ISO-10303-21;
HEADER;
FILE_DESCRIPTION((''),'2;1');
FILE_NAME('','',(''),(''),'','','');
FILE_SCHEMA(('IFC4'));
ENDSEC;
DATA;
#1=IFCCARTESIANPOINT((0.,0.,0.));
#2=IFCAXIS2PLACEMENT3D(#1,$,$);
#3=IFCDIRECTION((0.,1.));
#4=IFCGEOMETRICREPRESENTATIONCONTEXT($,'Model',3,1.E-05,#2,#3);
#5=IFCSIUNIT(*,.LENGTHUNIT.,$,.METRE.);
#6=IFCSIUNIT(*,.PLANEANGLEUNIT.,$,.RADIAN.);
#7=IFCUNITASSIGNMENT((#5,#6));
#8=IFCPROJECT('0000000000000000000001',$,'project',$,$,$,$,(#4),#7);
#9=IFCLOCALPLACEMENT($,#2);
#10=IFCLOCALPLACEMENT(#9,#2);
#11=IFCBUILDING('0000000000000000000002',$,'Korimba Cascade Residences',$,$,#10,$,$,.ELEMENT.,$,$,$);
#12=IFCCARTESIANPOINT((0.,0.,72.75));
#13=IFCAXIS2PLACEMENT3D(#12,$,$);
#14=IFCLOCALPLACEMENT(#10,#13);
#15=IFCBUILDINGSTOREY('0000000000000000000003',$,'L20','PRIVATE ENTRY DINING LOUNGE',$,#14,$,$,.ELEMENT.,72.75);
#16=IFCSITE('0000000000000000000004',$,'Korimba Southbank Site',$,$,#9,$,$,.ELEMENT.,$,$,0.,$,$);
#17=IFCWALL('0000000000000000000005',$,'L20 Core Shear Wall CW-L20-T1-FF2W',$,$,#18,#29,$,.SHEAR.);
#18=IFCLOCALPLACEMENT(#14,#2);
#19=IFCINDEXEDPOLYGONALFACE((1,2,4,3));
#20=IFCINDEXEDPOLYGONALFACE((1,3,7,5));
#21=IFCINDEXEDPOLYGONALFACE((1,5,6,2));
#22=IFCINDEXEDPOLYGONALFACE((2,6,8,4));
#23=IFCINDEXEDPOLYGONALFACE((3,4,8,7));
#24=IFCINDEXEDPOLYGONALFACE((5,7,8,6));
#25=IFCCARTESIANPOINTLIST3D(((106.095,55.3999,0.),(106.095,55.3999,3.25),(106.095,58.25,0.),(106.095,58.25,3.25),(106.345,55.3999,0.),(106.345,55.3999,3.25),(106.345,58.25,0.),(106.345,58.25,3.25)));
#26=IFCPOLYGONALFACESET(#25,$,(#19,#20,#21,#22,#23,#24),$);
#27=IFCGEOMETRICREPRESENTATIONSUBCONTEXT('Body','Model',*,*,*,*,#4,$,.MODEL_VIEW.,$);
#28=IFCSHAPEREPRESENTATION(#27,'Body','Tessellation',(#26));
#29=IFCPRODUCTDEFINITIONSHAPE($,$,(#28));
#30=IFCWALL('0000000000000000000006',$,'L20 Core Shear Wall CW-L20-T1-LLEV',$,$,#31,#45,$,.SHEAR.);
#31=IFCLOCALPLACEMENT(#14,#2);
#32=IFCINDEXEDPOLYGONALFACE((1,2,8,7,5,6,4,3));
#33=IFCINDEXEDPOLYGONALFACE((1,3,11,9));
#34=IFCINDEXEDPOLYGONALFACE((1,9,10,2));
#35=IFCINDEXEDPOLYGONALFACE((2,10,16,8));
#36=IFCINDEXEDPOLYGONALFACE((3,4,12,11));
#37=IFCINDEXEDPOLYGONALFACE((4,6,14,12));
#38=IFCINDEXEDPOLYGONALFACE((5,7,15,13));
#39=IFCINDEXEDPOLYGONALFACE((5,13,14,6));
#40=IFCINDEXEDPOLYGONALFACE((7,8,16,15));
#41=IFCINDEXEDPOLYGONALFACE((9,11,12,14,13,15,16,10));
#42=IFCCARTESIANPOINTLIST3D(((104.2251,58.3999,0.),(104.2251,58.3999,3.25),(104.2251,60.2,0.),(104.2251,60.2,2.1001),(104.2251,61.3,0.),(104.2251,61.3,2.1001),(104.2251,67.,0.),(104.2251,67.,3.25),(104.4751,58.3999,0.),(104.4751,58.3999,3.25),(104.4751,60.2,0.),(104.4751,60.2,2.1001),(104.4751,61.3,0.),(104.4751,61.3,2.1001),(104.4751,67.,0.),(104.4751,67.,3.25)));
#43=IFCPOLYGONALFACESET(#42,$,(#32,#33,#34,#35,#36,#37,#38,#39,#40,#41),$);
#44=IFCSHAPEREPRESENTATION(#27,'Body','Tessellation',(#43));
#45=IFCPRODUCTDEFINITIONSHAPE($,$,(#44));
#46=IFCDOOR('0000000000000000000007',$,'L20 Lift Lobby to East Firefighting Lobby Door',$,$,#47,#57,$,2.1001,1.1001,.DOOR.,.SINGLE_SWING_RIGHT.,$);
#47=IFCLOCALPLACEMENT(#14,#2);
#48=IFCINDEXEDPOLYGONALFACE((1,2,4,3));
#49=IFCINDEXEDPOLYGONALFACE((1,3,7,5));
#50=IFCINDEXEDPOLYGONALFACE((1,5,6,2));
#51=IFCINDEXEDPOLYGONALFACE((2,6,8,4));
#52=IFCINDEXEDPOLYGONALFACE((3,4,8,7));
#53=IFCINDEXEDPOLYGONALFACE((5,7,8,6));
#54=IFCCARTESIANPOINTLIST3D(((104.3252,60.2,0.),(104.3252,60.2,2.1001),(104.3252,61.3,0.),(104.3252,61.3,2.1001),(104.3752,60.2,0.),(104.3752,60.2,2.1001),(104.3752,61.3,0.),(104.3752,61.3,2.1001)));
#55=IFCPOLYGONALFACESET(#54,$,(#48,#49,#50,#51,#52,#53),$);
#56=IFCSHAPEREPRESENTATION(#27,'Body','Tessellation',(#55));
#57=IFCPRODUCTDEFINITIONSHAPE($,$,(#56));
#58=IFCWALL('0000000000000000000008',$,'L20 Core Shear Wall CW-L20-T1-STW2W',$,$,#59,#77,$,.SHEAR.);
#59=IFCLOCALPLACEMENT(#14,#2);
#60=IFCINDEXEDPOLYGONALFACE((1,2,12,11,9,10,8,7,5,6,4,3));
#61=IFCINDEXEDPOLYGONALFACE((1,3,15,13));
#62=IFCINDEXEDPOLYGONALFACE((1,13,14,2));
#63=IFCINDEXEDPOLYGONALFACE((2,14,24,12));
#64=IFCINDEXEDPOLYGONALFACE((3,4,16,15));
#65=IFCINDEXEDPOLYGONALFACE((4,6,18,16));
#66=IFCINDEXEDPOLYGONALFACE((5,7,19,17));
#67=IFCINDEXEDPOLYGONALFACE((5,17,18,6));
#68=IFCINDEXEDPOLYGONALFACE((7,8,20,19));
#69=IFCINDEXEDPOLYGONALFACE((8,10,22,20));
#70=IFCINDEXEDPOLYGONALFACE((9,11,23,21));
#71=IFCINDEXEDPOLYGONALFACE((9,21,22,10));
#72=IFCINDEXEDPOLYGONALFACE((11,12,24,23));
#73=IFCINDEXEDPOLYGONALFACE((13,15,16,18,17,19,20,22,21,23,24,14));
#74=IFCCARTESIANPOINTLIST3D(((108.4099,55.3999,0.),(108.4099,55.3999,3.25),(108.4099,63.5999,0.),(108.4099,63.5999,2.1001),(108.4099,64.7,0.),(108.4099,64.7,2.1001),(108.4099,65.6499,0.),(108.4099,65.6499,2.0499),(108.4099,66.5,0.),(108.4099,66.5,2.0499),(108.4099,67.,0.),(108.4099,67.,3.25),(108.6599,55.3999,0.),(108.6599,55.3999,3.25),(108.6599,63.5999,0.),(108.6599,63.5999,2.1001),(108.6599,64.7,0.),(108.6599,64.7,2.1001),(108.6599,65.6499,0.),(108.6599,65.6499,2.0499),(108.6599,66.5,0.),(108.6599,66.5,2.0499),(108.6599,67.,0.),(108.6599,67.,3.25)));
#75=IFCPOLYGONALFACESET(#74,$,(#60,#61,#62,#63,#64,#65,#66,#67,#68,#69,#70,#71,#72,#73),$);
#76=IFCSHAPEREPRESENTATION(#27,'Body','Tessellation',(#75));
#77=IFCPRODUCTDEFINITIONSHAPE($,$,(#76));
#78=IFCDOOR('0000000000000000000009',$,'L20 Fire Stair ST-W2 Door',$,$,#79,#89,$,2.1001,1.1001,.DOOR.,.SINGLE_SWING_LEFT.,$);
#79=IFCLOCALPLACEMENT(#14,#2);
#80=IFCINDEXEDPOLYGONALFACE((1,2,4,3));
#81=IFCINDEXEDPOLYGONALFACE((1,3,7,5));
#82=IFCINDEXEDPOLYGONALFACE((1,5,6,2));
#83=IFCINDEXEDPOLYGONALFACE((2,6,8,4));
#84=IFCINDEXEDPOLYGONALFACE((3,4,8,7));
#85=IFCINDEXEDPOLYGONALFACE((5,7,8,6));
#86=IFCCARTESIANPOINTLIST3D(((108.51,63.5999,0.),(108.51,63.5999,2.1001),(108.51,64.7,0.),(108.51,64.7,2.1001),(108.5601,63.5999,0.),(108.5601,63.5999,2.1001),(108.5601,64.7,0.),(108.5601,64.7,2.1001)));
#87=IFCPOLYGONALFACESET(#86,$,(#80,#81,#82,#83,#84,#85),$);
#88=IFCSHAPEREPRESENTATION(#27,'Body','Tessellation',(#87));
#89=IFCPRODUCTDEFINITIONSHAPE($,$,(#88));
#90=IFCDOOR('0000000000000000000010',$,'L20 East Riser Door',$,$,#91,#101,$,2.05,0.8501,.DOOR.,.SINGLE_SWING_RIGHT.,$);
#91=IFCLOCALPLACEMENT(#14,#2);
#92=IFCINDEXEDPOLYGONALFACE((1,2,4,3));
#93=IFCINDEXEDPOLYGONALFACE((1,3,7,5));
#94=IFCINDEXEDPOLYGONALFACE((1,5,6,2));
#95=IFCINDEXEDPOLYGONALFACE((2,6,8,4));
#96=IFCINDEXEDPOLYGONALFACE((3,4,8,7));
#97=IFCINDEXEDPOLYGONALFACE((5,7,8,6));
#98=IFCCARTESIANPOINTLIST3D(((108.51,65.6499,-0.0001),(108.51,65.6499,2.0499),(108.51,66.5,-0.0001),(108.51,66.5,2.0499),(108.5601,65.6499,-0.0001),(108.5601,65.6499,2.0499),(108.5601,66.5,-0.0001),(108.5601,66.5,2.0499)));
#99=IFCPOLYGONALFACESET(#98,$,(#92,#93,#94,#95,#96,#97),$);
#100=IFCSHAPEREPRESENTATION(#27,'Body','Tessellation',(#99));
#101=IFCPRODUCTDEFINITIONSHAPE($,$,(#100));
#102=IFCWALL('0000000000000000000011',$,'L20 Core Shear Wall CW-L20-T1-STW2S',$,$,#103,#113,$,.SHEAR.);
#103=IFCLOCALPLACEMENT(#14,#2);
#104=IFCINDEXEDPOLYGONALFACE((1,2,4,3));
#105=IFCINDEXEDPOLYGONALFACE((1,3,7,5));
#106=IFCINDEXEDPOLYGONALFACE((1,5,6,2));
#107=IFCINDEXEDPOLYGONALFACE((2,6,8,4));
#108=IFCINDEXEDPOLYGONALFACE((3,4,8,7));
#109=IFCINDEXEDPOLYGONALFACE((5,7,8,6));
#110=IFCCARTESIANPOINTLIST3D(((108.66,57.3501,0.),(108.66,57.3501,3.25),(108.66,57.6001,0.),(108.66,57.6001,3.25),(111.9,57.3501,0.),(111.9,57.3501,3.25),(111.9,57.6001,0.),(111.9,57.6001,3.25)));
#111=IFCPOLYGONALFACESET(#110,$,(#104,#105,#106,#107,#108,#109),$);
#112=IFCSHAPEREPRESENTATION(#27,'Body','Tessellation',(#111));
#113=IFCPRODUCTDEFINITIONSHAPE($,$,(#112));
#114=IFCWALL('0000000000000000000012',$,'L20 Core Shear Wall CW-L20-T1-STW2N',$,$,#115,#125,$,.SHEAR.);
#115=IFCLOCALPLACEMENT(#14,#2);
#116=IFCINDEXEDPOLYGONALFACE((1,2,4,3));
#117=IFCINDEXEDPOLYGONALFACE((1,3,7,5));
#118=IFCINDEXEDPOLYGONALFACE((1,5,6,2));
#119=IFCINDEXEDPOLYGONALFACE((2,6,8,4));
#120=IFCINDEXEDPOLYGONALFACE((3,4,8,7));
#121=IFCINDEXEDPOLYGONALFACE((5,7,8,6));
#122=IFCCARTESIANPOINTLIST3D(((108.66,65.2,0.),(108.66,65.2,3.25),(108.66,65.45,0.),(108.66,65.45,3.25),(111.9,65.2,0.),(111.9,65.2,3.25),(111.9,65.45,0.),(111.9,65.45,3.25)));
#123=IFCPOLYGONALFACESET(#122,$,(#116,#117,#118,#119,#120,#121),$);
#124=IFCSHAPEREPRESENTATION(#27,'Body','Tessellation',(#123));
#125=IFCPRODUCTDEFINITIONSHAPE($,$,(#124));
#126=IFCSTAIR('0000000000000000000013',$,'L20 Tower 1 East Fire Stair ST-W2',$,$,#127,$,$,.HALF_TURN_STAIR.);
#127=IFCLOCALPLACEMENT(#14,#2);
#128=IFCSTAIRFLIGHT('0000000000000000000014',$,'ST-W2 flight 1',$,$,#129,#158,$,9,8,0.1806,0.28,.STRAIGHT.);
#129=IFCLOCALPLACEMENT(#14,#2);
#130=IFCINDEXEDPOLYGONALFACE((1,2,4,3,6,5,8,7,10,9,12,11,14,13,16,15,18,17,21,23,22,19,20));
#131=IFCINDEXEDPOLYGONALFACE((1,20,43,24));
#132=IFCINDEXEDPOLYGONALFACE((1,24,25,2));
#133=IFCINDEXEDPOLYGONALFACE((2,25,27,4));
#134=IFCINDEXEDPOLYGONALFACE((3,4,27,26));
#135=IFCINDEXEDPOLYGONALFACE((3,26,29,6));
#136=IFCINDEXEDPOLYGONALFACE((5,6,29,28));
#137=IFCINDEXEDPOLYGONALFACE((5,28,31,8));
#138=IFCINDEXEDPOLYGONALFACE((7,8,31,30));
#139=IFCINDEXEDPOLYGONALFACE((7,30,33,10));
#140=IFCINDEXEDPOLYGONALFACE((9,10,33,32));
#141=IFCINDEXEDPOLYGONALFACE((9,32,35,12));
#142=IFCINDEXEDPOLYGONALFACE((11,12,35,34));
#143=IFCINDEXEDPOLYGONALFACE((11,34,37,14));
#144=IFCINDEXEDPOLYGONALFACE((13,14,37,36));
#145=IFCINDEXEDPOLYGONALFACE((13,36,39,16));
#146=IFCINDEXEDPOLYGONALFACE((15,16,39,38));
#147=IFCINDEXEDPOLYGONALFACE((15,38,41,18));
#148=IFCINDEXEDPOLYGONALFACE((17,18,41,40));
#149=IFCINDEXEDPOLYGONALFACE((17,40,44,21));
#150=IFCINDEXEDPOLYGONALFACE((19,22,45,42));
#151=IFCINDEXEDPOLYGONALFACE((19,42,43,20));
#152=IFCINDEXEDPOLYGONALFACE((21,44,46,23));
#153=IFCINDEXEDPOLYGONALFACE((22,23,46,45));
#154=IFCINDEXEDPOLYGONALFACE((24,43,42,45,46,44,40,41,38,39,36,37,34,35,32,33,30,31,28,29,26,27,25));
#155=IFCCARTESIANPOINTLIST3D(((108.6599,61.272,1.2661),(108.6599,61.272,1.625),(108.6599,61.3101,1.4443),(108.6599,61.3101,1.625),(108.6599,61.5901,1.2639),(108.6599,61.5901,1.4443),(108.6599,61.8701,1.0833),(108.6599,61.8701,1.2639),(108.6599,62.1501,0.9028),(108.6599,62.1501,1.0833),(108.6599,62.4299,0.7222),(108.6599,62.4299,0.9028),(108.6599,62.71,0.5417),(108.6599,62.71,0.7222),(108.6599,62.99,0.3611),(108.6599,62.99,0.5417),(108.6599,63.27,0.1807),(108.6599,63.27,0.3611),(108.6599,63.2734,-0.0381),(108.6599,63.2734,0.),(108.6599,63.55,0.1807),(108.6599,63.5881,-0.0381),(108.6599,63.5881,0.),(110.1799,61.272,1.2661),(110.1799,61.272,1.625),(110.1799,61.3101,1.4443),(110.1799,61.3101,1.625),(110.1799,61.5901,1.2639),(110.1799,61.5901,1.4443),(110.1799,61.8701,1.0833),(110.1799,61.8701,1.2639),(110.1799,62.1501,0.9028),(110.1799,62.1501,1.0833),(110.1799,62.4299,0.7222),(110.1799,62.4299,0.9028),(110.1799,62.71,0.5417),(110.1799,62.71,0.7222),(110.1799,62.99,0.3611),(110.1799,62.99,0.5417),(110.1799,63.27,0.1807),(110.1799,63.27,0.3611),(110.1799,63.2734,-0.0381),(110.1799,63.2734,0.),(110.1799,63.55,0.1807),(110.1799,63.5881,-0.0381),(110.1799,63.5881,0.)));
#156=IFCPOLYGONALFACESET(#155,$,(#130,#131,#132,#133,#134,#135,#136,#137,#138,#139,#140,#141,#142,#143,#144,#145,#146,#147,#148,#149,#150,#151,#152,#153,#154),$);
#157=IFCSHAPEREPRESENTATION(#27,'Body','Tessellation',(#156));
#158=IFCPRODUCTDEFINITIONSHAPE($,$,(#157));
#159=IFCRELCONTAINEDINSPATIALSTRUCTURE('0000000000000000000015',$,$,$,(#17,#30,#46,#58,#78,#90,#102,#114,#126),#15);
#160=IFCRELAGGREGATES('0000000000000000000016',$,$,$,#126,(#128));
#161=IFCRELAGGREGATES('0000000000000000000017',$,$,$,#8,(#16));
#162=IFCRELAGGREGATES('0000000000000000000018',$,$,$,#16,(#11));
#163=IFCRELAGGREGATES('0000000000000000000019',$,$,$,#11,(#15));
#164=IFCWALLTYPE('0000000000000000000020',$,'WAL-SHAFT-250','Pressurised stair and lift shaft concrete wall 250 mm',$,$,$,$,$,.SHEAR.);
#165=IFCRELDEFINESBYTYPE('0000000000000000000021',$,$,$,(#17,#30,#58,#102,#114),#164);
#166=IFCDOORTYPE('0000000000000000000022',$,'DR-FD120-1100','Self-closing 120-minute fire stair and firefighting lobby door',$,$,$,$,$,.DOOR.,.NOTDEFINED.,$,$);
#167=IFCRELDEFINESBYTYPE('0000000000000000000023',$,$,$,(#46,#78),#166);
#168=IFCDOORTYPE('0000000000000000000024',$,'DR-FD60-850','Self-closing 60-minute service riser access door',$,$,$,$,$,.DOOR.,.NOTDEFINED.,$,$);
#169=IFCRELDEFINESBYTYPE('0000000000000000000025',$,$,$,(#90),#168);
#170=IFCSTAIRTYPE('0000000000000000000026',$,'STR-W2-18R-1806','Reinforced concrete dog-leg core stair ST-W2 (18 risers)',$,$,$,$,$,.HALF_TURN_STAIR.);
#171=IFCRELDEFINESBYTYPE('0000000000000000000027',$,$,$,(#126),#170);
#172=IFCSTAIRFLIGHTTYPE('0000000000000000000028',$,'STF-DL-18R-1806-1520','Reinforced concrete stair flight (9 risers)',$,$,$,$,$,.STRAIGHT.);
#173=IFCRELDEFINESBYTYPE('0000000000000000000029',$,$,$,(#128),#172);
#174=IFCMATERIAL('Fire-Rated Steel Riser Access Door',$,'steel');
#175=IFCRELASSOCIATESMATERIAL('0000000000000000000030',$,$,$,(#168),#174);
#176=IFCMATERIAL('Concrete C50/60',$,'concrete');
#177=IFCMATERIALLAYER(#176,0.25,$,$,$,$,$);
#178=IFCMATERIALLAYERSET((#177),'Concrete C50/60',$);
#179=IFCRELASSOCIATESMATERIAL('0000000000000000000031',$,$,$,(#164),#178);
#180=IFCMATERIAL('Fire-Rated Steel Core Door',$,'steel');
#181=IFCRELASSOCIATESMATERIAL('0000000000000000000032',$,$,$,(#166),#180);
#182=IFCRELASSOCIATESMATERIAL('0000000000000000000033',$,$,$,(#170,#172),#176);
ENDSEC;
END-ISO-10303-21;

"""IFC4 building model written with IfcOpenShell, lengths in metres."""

from ifc_helpers import new_model, si_unit, direction, frame, frame_2d, origin, place, context, subcontext, project, spatial, polyline, rectangle, outline, extrude, material, layer, layer_set, type_object, element, fill, aggregate, save


model = new_model("IFC4")

# Units and contexts
model_context = context("Model", 3, precision=1e-05, world=origin(), true_north=direction((0.0, 1.0)))
body_context = subcontext(model_context, "Body", "Model", "MODEL_VIEW")
ifc_project = project(units=[si_unit("LENGTHUNIT", "METRE"), si_unit("PLANEANGLEUNIT", "RADIAN")], contexts=[model_context])

# Site, building, storey
site_placement = place(None, origin())
site = spatial("IfcSite", under=ifc_project, at=site_placement, Name="Korimba Southbank Site", CompositionType="ELEMENT", RefElevation=0.0)
building_placement = place(site_placement, origin())
building = spatial("IfcBuilding", under=site, at=building_placement, Name="Korimba Cascade Residences", CompositionType="ELEMENT")
storey_placement = place(building_placement, frame((0.0, 0.0, 72.75)))
storey = spatial("IfcBuildingStorey", under=building, at=storey_placement, Name="L20", Description="PRIVATE ENTRY DINING LOUNGE", CompositionType="ELEMENT", Elevation=72.75)

# Shared definitions
ifc_material_1 = material(Name="Concrete C50/60", Category="concrete")

# Shared definitions
ifc_material_2 = material(Name="Fire-Rated Steel Riser Access Door", Category="steel")
door_type_1 = type_object("IfcDoorType", Name="DR-FD60-850", Description="Self-closing 60-minute service riser access door", OperationType="NOTDEFINED", PredefinedType="DOOR", material=ifc_material_2)

# Wall
ifc_layer_1 = layer(ifc_material_1, 0.25)
ifc_layer_set_1 = layer_set([ifc_layer_1], Name="Concrete C50/60")
wall_type_1 = type_object("IfcWallType", Name="WAL-SHAFT-250", Description="Pressurised stair and lift shaft concrete wall 250 mm", PredefinedType="SHEAR", material=ifc_layer_set_1)
wall_1_placement = place(storey_placement, frame((106.22, 55.3999, 0.0), z_axis=(0.0, 0.0, 1.0), x_axis=(0.0, 1.0, 0.0)))
element("IfcWall", 1, at=wall_1_placement, inside=storey, type_object=wall_type_1, Name="L20 Core Shear Wall CW-L20-T1-FF2W", PredefinedType="SHEAR", context=body_context, shape_type="SweptSolid", body=[
    extrude(rectangle(XDim=2.8501, YDim=0.25, at=frame_2d((1.425, 0.0))), origin(), (0.0, 0.0, 1.0), 3.25),
])

# Wall, opening, door
wall_2_placement = place(storey_placement, frame((104.3501, 58.3999, 0.0), z_axis=(0.0, 0.0, 1.0), x_axis=(0.0, 1.0, 0.0)))
wall_2 = element("IfcWall", 2, at=wall_2_placement, inside=storey, type_object=wall_type_1, Name="L20 Core Shear Wall CW-L20-T1-LLEV", PredefinedType="SHEAR", context=body_context, shape_type="SweptSolid", body=[
    extrude(rectangle(XDim=8.6001, YDim=0.25, at=frame_2d((4.3, 0.0))), origin(), (0.0, 0.0, 1.0), 3.25),
])
opening_1_placement = place(wall_2_placement, frame((1.8, 0.0, 0.0)))
opening_1 = element("IfcOpeningElement", 3, at=opening_1_placement, cuts=wall_2, PredefinedType="OPENING", context=body_context, shape_type="SweptSolid", body=[
    extrude(rectangle(XDim=1.1001, YDim=2.1001, at=frame_2d((0.55, 1.05))), frame((0.0, 0.135, 0.0), z_axis=(0.0, -1.0, 0.0), x_axis=(1.0, 0.0, 0.0)), (0.0, 0.0, 1.0), 0.27),
])
ifc_material_3 = material(Name="Fire-Rated Steel Core Door", Category="steel")
door_type_2 = type_object("IfcDoorType", Name="DR-FD120-1100", Description="Self-closing 120-minute fire stair and firefighting lobby door", OperationType="NOTDEFINED", PredefinedType="DOOR", material=ifc_material_3)
door_1_placement = place(opening_1_placement, origin())
door_1 = element("IfcDoor", 4, at=door_1_placement, inside=storey, type_object=door_type_2, Name="L20 Lift Lobby to East Firefighting Lobby Door", OperationType="SINGLE_SWING_RIGHT", OverallHeight=2.1001, OverallWidth=1.1001, PredefinedType="DOOR", context=body_context, shape_type="SweptSolid", body=[
    extrude(rectangle(XDim=1.1001, YDim=2.1001, at=frame_2d((0.55, 1.05))), frame((0.0, 0.0249, 0.0), z_axis=(0.0, -1.0, 0.0), x_axis=(1.0, 0.0, 0.0)), (0.0, 0.0, 1.0), 0.05),
])
fill(opening_1, door_1)

# Wall, openings, doors
wall_3_placement = place(storey_placement, frame((108.5349, 55.3999, 0.0), z_axis=(0.0, 0.0, 1.0), x_axis=(0.0, 1.0, 0.0)))
wall_3 = element("IfcWall", 5, at=wall_3_placement, inside=storey, type_object=wall_type_1, Name="L20 Core Shear Wall CW-L20-T1-STW2W", PredefinedType="SHEAR", context=body_context, shape_type="SweptSolid", body=[
    extrude(rectangle(XDim=11.6001, YDim=0.25, at=frame_2d((5.8, 0.0))), origin(), (0.0, 0.0, 1.0), 3.25),
])
opening_2_placement = place(wall_3_placement, frame((8.2, 0.0, 0.0)))
opening_2 = element("IfcOpeningElement", 6, at=opening_2_placement, cuts=wall_3, PredefinedType="OPENING", context=body_context, shape_type="SweptSolid", body=[
    extrude(rectangle(XDim=1.1001, YDim=2.1001, at=frame_2d((0.55, 1.05))), frame((0.0, 0.135, 0.0), z_axis=(0.0, -1.0, 0.0), x_axis=(1.0, 0.0, 0.0)), (0.0, 0.0, 1.0), 0.27),
])
opening_3_placement = place(wall_3_placement, frame((10.25, 0.0, 0.0)))
opening_3 = element("IfcOpeningElement", 7, at=opening_3_placement, cuts=wall_3, PredefinedType="OPENING", context=body_context, shape_type="SweptSolid", body=[
    extrude(rectangle(XDim=0.8501, YDim=2.05, at=frame_2d((0.425, 1.0249))), frame((0.0, 0.135, 0.0), z_axis=(0.0, -1.0, 0.0), x_axis=(1.0, 0.0, 0.0)), (0.0, 0.0, 1.0), 0.27),
])
door_2_placement = place(opening_2_placement, origin())
door_2 = element("IfcDoor", 8, at=door_2_placement, inside=storey, type_object=door_type_2, Name="L20 Fire Stair ST-W2 Door", OperationType="SINGLE_SWING_LEFT", OverallHeight=2.1001, OverallWidth=1.1001, PredefinedType="DOOR", context=body_context, shape_type="SweptSolid", body=[
    extrude(rectangle(XDim=1.1001, YDim=2.1001, at=frame_2d((0.55, 1.05))), frame((0.0, 0.0249, 0.0), z_axis=(0.0, -1.0, 0.0), x_axis=(1.0, 0.0, 0.0)), (0.0, 0.0, 1.0), 0.05),
])
fill(opening_2, door_2)
door_3_placement = place(opening_3_placement, origin())
door_3 = element("IfcDoor", 9, at=door_3_placement, inside=storey, type_object=door_type_1, Name="L20 East Riser Door", OperationType="SINGLE_SWING_RIGHT", OverallHeight=2.05, OverallWidth=0.8501, PredefinedType="DOOR", context=body_context, shape_type="SweptSolid", body=[
    extrude(rectangle(XDim=0.8501, YDim=2.05, at=frame_2d((0.425, 1.0249))), frame((0.0, 0.0249, 0.0), z_axis=(0.0, -1.0, 0.0), x_axis=(1.0, 0.0, 0.0)), (0.0, 0.0, 1.0), 0.05),
])
fill(opening_3, door_3)

# Walls
for number, where, z_axis, x_axis, name in (
    (10, (108.6599, 57.4751, 0.0), (0.0, 0.0, 1.0), (1.0, 0.0, 0.0), "L20 Core Shear Wall CW-L20-T1-STW2S"),
    (11, (108.6599, 65.325, 0.0), (0.0, 0.0, 1.0), (1.0, 0.0, 0.0), "L20 Core Shear Wall CW-L20-T1-STW2N"),
):
    element("IfcWall", number, at=place(storey_placement, frame(where, z_axis=z_axis, x_axis=x_axis)), inside=storey, type_object=wall_type_1, Name=name, PredefinedType="SHEAR", context=body_context, shape_type="SweptSolid", body=[
        extrude(rectangle(XDim=3.24, YDim=0.25, at=frame_2d((1.6201, 0.0))), origin(), (0.0, 0.0, 1.0), 3.25),
    ])

# Stair, stair flight
stair_type = type_object("IfcStairType", Name="STR-W2-18R-1806", Description="Reinforced concrete dog-leg core stair ST-W2 (18 risers)", PredefinedType="HALF_TURN_STAIR", material=ifc_material_1)
stair_placement = place(storey_placement, origin())
stair = element("IfcStair", 12, at=stair_placement, inside=storey, type_object=stair_type, Name="L20 Tower 1 East Fire Stair ST-W2", PredefinedType="HALF_TURN_STAIR")
stair_flight_type = type_object("IfcStairFlightType", Name="STF-DL-18R-1806-1520", Description="Reinforced concrete stair flight (9 risers)", PredefinedType="STRAIGHT", material=ifc_material_1)
stair_flight_1_placement = place(storey_placement, frame((109.4199, 63.55, 0.0), z_axis=(0.0, 0.0, 1.0), x_axis=(0.0, -1.0, 0.0)))
stair_flight_1 = element("IfcStairFlight", 13, at=stair_flight_1_placement, type_object=stair_flight_type, Name="ST-W2 flight 1", NumberOfRisers=9, NumberOfTreads=8, PredefinedType="STRAIGHT", RiserHeight=0.1806, TreadLength=0.28, context=body_context, shape_type="SweptSolid", body=[
    extrude(outline(polyline([(-0.0381, 0.0), (0.0, 0.1807), (0.28, 0.1807), (0.28, 0.3611), (0.5601, 0.3611), (0.5601, 0.5417), (0.8401, 0.5417), (0.8401, 0.7222), (1.1201, 0.7222), (1.1201, 0.9028), (1.3999, 0.9028), (1.3999, 1.0833), (1.6799, 1.0833), (1.6799, 1.2639), (1.96, 1.2639), (1.96, 1.4443), (2.24, 1.4443), (2.24, 1.625), (2.2781, 1.625), (2.2781, 1.2661), (0.2766, 0.0), (0.2766, -0.0381), (-0.0381, -0.0381), (-0.0381, 0.0)])), frame((0.0, 0.76, 0.0), z_axis=(0.0, -1.0, 0.0), x_axis=(1.0, 0.0, 0.0)), (0.0, 0.0, 1.0), 1.52),
])
aggregate(stair, [stair_flight_1])

save(model, "model.ifc")
